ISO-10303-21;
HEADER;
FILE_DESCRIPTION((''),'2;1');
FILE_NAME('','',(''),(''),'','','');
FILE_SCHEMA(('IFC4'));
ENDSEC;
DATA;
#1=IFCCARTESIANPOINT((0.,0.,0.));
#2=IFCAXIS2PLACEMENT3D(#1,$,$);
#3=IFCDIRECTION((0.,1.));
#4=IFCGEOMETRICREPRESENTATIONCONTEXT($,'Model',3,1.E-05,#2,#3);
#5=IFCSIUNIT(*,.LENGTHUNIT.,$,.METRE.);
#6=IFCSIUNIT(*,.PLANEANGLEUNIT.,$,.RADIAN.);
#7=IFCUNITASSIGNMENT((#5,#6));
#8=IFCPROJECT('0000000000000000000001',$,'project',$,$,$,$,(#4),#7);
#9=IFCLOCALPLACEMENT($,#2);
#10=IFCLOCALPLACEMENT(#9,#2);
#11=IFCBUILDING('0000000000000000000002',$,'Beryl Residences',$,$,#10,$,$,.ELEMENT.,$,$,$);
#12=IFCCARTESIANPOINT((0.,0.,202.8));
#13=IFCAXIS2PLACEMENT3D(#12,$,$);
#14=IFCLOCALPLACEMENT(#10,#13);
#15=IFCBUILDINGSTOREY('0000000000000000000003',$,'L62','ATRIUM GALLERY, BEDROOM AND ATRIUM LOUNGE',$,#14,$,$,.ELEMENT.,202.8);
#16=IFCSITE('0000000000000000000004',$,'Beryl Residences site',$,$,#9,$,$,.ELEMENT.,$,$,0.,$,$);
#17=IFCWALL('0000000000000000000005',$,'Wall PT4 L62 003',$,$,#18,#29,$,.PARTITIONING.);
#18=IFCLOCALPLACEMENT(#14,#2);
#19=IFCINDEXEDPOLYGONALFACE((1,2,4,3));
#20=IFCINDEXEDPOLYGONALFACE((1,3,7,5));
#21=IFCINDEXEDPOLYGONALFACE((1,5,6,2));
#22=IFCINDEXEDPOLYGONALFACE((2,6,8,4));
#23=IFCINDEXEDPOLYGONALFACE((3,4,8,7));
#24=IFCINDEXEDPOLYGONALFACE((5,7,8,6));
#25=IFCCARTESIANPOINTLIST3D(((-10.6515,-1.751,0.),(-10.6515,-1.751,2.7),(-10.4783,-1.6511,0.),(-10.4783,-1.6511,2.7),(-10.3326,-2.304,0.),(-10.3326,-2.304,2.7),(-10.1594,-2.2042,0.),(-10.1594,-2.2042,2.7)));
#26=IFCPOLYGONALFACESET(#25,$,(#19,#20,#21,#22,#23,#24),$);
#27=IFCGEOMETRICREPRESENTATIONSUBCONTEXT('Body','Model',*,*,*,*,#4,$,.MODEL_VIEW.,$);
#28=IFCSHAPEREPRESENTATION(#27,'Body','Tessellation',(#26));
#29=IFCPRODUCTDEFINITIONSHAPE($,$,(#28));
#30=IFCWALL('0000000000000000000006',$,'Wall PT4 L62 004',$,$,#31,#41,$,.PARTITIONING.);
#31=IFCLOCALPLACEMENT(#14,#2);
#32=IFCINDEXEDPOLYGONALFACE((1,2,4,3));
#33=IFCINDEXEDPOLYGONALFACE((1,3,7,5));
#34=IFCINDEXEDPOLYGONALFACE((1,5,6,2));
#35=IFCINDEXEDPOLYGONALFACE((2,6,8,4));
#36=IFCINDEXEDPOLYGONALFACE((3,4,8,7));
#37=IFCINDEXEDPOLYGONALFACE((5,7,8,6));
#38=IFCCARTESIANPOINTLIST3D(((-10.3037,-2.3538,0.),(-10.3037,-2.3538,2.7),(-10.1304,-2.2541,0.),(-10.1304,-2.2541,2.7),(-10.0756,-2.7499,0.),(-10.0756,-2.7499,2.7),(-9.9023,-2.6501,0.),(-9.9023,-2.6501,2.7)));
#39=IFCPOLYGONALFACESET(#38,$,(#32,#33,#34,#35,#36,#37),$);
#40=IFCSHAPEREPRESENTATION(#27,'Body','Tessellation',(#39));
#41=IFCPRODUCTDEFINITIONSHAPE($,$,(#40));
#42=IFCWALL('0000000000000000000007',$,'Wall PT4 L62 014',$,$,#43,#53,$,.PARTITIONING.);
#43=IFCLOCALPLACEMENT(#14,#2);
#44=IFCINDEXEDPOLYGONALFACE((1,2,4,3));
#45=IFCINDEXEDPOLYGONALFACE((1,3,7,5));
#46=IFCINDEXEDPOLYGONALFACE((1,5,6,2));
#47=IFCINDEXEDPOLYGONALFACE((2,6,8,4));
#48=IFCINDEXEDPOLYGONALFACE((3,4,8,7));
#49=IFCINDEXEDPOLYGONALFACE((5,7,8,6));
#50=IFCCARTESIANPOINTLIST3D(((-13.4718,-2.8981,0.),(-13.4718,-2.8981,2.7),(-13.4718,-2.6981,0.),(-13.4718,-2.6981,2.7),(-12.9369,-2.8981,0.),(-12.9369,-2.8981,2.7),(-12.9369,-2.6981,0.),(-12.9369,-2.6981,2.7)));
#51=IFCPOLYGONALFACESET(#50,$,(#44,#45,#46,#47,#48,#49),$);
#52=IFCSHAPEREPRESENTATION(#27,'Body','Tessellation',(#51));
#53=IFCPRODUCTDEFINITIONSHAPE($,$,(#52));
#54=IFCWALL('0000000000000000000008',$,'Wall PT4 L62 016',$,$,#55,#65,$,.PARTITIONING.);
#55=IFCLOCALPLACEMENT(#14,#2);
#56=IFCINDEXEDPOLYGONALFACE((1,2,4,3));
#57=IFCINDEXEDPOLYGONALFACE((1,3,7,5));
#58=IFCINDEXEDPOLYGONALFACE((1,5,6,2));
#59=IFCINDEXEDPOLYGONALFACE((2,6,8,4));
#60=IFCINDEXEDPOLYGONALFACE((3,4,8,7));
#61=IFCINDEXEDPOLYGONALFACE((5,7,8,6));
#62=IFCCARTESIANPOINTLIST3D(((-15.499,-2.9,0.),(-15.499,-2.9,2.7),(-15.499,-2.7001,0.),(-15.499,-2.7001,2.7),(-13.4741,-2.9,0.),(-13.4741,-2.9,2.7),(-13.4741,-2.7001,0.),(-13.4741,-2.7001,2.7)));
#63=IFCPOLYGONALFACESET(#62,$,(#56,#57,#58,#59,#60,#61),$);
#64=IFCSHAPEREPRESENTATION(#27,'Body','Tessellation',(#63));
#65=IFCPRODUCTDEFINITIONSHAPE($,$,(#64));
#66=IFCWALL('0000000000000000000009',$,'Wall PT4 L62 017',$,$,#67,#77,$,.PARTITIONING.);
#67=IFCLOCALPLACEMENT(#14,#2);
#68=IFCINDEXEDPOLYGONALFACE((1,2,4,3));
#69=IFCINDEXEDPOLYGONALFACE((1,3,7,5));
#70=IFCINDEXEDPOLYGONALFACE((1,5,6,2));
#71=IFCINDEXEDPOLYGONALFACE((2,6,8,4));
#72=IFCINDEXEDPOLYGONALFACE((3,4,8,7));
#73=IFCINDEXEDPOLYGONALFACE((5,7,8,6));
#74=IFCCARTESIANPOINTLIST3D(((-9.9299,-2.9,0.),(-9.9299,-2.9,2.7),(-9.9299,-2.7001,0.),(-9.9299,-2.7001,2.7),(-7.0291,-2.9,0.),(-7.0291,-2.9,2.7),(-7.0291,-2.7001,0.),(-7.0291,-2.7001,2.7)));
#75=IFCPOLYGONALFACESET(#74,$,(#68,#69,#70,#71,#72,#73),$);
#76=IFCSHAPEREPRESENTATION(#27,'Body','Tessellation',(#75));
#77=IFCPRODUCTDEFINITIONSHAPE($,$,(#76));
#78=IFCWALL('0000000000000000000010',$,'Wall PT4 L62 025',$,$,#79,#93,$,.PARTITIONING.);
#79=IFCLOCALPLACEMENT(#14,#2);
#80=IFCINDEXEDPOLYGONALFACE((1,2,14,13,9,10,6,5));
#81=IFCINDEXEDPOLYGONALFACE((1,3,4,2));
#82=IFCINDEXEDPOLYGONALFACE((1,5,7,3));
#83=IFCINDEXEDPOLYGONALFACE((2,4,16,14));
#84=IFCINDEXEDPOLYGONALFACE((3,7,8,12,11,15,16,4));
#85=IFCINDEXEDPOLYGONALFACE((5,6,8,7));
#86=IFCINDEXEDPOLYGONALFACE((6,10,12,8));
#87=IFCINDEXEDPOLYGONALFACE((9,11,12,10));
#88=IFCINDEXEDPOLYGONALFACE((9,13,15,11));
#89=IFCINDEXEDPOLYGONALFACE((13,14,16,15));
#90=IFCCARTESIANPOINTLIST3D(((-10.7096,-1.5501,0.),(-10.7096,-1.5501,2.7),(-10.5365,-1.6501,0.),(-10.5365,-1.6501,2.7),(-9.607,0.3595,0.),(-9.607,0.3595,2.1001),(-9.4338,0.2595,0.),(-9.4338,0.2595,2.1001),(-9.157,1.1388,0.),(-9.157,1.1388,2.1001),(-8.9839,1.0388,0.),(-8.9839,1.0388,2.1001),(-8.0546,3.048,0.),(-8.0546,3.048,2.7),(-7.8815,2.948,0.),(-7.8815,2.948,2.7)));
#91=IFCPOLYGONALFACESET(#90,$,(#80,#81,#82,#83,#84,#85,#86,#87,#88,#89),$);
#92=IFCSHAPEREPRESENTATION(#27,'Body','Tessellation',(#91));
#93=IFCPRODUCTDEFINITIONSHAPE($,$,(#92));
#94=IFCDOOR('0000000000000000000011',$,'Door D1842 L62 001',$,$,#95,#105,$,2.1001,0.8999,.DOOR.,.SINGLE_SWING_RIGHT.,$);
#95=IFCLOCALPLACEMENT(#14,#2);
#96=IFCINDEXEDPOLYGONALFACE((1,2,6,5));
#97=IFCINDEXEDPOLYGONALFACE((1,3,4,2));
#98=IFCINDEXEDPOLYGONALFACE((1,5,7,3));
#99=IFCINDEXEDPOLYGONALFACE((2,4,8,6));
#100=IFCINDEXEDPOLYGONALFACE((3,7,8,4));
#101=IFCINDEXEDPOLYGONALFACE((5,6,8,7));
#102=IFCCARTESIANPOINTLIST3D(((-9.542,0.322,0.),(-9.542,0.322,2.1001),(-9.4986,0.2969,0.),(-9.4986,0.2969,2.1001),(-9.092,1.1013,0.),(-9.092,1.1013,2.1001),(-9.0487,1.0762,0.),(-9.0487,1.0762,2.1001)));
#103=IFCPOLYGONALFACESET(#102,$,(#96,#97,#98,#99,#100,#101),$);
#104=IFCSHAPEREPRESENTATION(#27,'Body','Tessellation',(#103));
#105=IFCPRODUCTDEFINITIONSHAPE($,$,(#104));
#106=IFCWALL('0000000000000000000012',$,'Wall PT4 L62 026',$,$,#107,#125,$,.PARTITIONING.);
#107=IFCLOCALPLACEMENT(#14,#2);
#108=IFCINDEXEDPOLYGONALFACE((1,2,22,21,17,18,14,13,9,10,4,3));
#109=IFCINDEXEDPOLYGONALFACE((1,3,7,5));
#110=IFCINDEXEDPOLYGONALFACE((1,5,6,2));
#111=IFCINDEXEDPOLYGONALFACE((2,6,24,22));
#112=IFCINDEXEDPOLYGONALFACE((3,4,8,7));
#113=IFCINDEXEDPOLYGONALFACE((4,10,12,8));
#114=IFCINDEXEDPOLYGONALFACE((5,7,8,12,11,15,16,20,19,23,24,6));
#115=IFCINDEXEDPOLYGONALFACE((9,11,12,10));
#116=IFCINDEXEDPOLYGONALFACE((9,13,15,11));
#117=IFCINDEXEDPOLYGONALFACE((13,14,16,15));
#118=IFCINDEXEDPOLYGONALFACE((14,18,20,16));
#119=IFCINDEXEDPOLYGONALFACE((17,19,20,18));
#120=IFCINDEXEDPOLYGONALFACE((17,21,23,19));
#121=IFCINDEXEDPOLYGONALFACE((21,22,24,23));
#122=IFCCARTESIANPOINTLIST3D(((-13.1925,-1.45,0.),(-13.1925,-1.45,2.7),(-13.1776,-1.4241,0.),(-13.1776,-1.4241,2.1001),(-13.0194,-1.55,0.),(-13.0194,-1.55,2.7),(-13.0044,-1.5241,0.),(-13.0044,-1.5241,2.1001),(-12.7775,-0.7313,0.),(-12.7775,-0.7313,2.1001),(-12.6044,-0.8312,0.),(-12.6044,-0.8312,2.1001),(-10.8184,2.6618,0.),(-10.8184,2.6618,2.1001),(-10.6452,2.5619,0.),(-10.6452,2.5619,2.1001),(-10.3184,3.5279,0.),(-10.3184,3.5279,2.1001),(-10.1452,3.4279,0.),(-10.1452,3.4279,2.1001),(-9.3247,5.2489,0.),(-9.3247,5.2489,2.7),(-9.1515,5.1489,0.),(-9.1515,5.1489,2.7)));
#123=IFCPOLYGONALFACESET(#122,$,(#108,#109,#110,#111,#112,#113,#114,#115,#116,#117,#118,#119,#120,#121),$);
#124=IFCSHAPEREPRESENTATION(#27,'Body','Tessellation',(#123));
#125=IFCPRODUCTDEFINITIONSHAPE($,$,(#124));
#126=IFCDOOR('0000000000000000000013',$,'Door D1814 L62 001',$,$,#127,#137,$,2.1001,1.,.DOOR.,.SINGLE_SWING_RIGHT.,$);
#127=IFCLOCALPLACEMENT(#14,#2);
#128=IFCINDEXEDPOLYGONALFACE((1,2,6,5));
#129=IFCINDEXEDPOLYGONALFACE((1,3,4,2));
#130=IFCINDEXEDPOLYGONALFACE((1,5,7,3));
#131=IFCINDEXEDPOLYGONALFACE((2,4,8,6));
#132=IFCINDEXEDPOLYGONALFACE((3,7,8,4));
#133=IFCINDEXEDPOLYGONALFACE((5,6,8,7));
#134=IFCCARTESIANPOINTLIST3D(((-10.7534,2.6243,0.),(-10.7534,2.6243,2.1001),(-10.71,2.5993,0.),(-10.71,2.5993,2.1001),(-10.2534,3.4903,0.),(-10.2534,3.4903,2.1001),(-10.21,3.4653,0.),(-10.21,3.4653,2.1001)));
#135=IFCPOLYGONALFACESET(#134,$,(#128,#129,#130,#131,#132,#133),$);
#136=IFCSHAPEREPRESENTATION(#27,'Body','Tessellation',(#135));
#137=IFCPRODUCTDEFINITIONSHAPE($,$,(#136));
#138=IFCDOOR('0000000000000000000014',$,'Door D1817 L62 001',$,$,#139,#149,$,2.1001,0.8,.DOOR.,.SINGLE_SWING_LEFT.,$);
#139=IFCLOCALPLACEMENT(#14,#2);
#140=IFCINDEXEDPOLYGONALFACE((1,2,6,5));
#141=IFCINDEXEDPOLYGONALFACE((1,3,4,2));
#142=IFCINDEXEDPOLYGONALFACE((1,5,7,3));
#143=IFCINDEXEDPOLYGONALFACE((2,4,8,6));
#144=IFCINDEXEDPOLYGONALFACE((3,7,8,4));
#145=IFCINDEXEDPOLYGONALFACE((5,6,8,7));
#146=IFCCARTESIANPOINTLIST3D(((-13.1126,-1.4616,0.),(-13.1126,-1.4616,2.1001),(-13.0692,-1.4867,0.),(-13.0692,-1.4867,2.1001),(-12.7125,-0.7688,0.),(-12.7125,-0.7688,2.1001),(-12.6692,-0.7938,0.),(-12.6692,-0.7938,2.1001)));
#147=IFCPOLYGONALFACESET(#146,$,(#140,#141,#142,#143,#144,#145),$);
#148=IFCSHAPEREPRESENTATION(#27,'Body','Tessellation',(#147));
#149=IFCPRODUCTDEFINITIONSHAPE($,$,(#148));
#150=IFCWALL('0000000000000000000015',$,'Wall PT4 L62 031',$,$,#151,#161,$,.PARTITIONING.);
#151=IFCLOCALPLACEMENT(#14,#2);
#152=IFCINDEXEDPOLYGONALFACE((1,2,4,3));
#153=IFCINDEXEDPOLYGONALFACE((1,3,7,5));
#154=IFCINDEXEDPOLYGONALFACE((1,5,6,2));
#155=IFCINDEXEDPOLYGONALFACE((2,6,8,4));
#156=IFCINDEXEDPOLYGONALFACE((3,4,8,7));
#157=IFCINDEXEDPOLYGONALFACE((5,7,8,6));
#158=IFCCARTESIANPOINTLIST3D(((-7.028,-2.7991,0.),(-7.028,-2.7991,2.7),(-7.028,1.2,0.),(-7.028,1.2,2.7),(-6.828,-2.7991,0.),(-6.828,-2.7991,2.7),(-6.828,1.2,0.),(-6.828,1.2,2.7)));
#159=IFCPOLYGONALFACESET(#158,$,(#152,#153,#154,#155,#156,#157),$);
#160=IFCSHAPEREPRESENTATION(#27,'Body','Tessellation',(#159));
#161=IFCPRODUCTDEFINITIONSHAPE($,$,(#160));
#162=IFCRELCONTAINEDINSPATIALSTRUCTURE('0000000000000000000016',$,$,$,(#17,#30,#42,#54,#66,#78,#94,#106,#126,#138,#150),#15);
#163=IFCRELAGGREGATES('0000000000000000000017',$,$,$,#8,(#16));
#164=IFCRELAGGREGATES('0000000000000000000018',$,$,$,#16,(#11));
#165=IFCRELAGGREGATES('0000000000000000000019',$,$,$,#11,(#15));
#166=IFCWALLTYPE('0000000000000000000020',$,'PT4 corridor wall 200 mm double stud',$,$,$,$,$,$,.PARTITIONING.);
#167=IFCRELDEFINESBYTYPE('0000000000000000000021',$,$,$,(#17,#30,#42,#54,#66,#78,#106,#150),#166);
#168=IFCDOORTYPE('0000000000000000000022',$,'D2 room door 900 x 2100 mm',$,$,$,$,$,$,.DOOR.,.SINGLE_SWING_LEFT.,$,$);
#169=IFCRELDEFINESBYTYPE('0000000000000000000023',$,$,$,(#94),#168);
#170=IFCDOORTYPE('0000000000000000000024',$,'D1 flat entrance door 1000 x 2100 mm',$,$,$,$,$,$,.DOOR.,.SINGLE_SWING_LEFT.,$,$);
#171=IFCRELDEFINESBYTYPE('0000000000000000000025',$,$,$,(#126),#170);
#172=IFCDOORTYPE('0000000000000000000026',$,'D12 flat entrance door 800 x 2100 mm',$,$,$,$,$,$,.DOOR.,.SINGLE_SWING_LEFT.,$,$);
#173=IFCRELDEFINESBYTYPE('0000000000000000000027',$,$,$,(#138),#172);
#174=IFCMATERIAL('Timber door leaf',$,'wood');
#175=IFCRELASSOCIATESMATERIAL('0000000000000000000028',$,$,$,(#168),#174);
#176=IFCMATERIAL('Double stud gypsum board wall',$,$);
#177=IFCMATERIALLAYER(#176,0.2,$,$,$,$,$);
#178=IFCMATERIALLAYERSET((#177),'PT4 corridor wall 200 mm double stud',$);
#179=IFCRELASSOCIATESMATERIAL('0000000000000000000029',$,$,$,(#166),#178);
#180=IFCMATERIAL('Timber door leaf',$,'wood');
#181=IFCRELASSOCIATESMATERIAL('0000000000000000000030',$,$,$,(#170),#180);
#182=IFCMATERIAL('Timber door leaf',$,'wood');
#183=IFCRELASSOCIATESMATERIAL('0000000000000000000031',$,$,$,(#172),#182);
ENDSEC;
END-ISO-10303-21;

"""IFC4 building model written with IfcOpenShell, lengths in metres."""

from ifc_helpers import new_model, si_unit, direction, frame, frame_2d, origin, place, context, subcontext, project, spatial, rectangle, extrude, material, layer, layer_set, type_object, element, fill, save


model = new_model("IFC4")

# Units and contexts
model_context = context("Model", 3, precision=1e-05, world=origin(), true_north=direction((0.0, 1.0)))
body_context = subcontext(model_context, "Body", "Model", "MODEL_VIEW")
ifc_project = project(units=[si_unit("LENGTHUNIT", "METRE"), si_unit("PLANEANGLEUNIT", "RADIAN")], contexts=[model_context])

# Site, building, storey
site_placement = place(None, origin())
site = spatial("IfcSite", under=ifc_project, at=site_placement, Name="Beryl Residences site", CompositionType="ELEMENT", RefElevation=0.0)
building_placement = place(site_placement, origin())
building = spatial("IfcBuilding", under=site, at=building_placement, Name="Beryl Residences", CompositionType="ELEMENT")
storey_placement = place(building_placement, frame((0.0, 0.0, 202.8)))
storey = spatial("IfcBuildingStorey", under=building, at=storey_placement, Name="L62", Description="ATRIUM GALLERY, BEDROOM AND ATRIUM LOUNGE", CompositionType="ELEMENT", Elevation=202.8)

# Shared definitions
ifc_material_1 = material(Name="Timber door leaf", Category="wood")
door_type_1 = type_object("IfcDoorType", Name="D2 room door 900 x 2100 mm", OperationType="SINGLE_SWING_LEFT", PredefinedType="DOOR", material=ifc_material_1)

# Walls
ifc_material_2 = material(Name="Double stud gypsum board wall")
ifc_layer_1 = layer(ifc_material_2, 0.2)
ifc_layer_set_1 = layer_set([ifc_layer_1], Name="PT4 corridor wall 200 mm double stud")
wall_type_1 = type_object("IfcWallType", Name="PT4 corridor wall 200 mm double stud", PredefinedType="PARTITIONING", material=ifc_layer_set_1)
wall_1_placement = place(storey_placement, frame((-10.5649, -1.7009, 0.0), z_axis=(0.0, 0.0, 1.0), x_axis=(0.499513, -0.866307, 0.0)))
element("IfcWall", 1, at=wall_1_placement, inside=storey, type_object=wall_type_1, Name="Wall PT4 L62 003", PredefinedType="PARTITIONING", context=body_context, shape_type="SweptSolid", body=[
    extrude(rectangle(XDim=0.6384, YDim=0.2, at=frame_2d((0.3193, 0.0))), origin(), (0.0, 0.0, 1.0), 2.7),
])
wall_2_placement = place(storey_placement, frame((-10.217, -2.304, 0.0), z_axis=(0.0, 0.0, 1.0), x_axis=(0.499013, -0.866594, 0.0)))
element("IfcWall", 2, at=wall_2_placement, inside=storey, type_object=wall_type_1, Name="Wall PT4 L62 004", PredefinedType="PARTITIONING", context=body_context, shape_type="SweptSolid", body=[
    extrude(rectangle(XDim=0.457, YDim=0.2, at=frame_2d((0.2285, 0.0))), origin(), (0.0, 0.0, 1.0), 2.7),
])
wall_3_placement = place(storey_placement, frame((-13.4719, -2.7981, 0.0), z_axis=(0.0, 0.0, 1.0), x_axis=(1.0, 0.0, 0.0)))
element("IfcWall", 3, at=wall_3_placement, inside=storey, type_object=wall_type_1, Name="Wall PT4 L62 014", PredefinedType="PARTITIONING", context=body_context, shape_type="SweptSolid", body=[
    extrude(rectangle(XDim=0.5349, YDim=0.2, at=frame_2d((0.2676, 0.0))), origin(), (0.0, 0.0, 1.0), 2.7),
])
wall_4_placement = place(storey_placement, frame((-15.499, -2.8, 0.0), z_axis=(0.0, 0.0, 1.0), x_axis=(1.0, 0.0, 0.0)))
element("IfcWall", 4, at=wall_4_placement, inside=storey, type_object=wall_type_1, Name="Wall PT4 L62 016", PredefinedType="PARTITIONING", context=body_context, shape_type="SweptSolid", body=[
    extrude(rectangle(XDim=2.0249, YDim=0.2, at=frame_2d((1.0125, 0.0))), origin(), (0.0, 0.0, 1.0), 2.7),
])
wall_5_placement = place(storey_placement, frame((-9.9299, -2.8, 0.0), z_axis=(0.0, 0.0, 1.0), x_axis=(1.0, 0.0, 0.0)))
element("IfcWall", 5, at=wall_5_placement, inside=storey, type_object=wall_type_1, Name="Wall PT4 L62 017", PredefinedType="PARTITIONING", context=body_context, shape_type="SweptSolid", body=[
    extrude(rectangle(XDim=2.9009, YDim=0.2, at=frame_2d((1.4504, 0.0))), origin(), (0.0, 0.0, 1.0), 2.7),
])

# Wall, opening, door
wall_6_placement = place(storey_placement, frame((-10.623, -1.6001, 0.0), z_axis=(0.0, 0.0, 1.0), x_axis=(0.500041, 0.866002, 0.0)))
wall_6 = element("IfcWall", 6, at=wall_6_placement, inside=storey, type_object=wall_type_1, Name="Wall PT4 L62 025", PredefinedType="PARTITIONING", context=body_context, shape_type="SweptSolid", body=[
    extrude(rectangle(XDim=5.3096, YDim=0.2, at=frame_2d((2.6548, 0.0))), origin(), (0.0, 0.0, 1.0), 2.7),
])
opening_1_placement = place(wall_6_placement, frame((2.2051, 0.0, 0.0)))
opening_1 = element("IfcOpeningElement", 7, at=opening_1_placement, cuts=wall_6, PredefinedType="OPENING", context=body_context, shape_type="SweptSolid", body=[
    extrude(rectangle(XDim=0.8999, YDim=2.1001, at=frame_2d((0.45, 1.05))), frame((0.0, 0.1099, 0.0), z_axis=(0.0, -1.0, 0.0), x_axis=(1.0, 0.0, 0.0)), (0.0, 0.0, 1.0), 0.22),
])
door_1_placement = place(opening_1_placement, origin())
door_1 = element("IfcDoor", 8, at=door_1_placement, inside=storey, type_object=door_type_1, Name="Door D1842 L62 001", OperationType="SINGLE_SWING_RIGHT", OverallHeight=2.1001, OverallWidth=0.8999, PredefinedType="DOOR", context=body_context, shape_type="SweptSolid", body=[
    extrude(rectangle(XDim=0.8999, YDim=2.1001, at=frame_2d((0.45, 1.05))), frame((0.0, 0.0249, 0.0), z_axis=(0.0, -1.0, 0.0), x_axis=(1.0, 0.0, 0.0)), (0.0, 0.0, 1.0), 0.05),
])
fill(opening_1, door_1)

# Wall, openings, doors
wall_7_placement = place(storey_placement, frame((-13.106, -1.5, 0.0), z_axis=(0.0, 0.0, 1.0), x_axis=(0.500026, 0.866011, 0.0)))
wall_7 = element("IfcWall", 9, at=wall_7_placement, inside=storey, type_object=wall_type_1, Name="Wall PT4 L62 026", PredefinedType="PARTITIONING", context=body_context, shape_type="SweptSolid", body=[
    extrude(rectangle(XDim=7.7354, YDim=0.2, at=frame_2d((3.8677, 0.0))), origin(), (0.0, 0.0, 1.0), 2.7),
])
opening_2_placement = place(wall_7_placement, frame((4.748, 0.0, 0.0)))
opening_2 = element("IfcOpeningElement", 10, at=opening_2_placement, cuts=wall_7, PredefinedType="OPENING", context=body_context, shape_type="SweptSolid", body=[
    extrude(rectangle(XDim=1.0, YDim=2.1001, at=frame_2d((0.5, 1.05))), frame((0.0, 0.1099, 0.0), z_axis=(0.0, -1.0, 0.0), x_axis=(1.0, 0.0, 0.0)), (0.0, 0.0, 1.0), 0.22),
])
opening_3_placement = place(wall_7_placement, frame((0.03, 0.0, 0.0)))
opening_3 = element("IfcOpeningElement", 11, at=opening_3_placement, cuts=wall_7, PredefinedType="OPENING", context=body_context, shape_type="SweptSolid", body=[
    extrude(rectangle(XDim=0.8, YDim=2.1001, at=frame_2d((0.3999, 1.05))), frame((0.0, 0.1099, 0.0), z_axis=(0.0, -1.0, 0.0), x_axis=(1.0, 0.0, 0.0)), (0.0, 0.0, 1.0), 0.22),
])
ifc_material_3 = material(Name="Timber door leaf", Category="wood")
door_type_2 = type_object("IfcDoorType", Name="D1 flat entrance door 1000 x 2100 mm", OperationType="SINGLE_SWING_LEFT", PredefinedType="DOOR", material=ifc_material_3)
door_2_placement = place(opening_2_placement, origin())
door_2 = element("IfcDoor", 12, at=door_2_placement, inside=storey, type_object=door_type_2, Name="Door D1814 L62 001", OperationType="SINGLE_SWING_RIGHT", OverallHeight=2.1001, OverallWidth=1.0, PredefinedType="DOOR", context=body_context, shape_type="SweptSolid", body=[
    extrude(rectangle(XDim=1.0, YDim=2.1001, at=frame_2d((0.5, 1.05))), frame((0.0, 0.0249, 0.0), z_axis=(0.0, -1.0, 0.0), x_axis=(1.0, 0.0, 0.0)), (0.0, 0.0, 1.0), 0.05),
])
fill(opening_2, door_2)
ifc_material_4 = material(Name="Timber door leaf", Category="wood")
door_type_3 = type_object("IfcDoorType", Name="D12 flat entrance door 800 x 2100 mm", OperationType="SINGLE_SWING_LEFT", PredefinedType="DOOR", material=ifc_material_4)
door_3_placement = place(opening_3_placement, origin())
door_3 = element("IfcDoor", 13, at=door_3_placement, inside=storey, type_object=door_type_3, Name="Door D1817 L62 001", OperationType="SINGLE_SWING_LEFT", OverallHeight=2.1001, OverallWidth=0.8, PredefinedType="DOOR", context=body_context, shape_type="SweptSolid", body=[
    extrude(rectangle(XDim=0.8, YDim=2.1001, at=frame_2d((0.3999, 1.05))), frame((0.0, 0.0249, 0.0), z_axis=(0.0, -1.0, 0.0), x_axis=(1.0, 0.0, 0.0)), (0.0, 0.0, 1.0), 0.05),
])
fill(opening_3, door_3)

# Wall
wall_8_placement = place(storey_placement, frame((-6.928, -2.7991, 0.0), z_axis=(0.0, 0.0, 1.0), x_axis=(0.0, 1.0, 0.0)))
element("IfcWall", 14, at=wall_8_placement, inside=storey, type_object=wall_type_1, Name="Wall PT4 L62 031", PredefinedType="PARTITIONING", context=body_context, shape_type="SweptSolid", body=[
    extrude(rectangle(XDim=3.999, YDim=0.2, at=frame_2d((1.9995, 0.0))), origin(), (0.0, 0.0, 1.0), 2.7),
])

save(model, "model.ifc")
